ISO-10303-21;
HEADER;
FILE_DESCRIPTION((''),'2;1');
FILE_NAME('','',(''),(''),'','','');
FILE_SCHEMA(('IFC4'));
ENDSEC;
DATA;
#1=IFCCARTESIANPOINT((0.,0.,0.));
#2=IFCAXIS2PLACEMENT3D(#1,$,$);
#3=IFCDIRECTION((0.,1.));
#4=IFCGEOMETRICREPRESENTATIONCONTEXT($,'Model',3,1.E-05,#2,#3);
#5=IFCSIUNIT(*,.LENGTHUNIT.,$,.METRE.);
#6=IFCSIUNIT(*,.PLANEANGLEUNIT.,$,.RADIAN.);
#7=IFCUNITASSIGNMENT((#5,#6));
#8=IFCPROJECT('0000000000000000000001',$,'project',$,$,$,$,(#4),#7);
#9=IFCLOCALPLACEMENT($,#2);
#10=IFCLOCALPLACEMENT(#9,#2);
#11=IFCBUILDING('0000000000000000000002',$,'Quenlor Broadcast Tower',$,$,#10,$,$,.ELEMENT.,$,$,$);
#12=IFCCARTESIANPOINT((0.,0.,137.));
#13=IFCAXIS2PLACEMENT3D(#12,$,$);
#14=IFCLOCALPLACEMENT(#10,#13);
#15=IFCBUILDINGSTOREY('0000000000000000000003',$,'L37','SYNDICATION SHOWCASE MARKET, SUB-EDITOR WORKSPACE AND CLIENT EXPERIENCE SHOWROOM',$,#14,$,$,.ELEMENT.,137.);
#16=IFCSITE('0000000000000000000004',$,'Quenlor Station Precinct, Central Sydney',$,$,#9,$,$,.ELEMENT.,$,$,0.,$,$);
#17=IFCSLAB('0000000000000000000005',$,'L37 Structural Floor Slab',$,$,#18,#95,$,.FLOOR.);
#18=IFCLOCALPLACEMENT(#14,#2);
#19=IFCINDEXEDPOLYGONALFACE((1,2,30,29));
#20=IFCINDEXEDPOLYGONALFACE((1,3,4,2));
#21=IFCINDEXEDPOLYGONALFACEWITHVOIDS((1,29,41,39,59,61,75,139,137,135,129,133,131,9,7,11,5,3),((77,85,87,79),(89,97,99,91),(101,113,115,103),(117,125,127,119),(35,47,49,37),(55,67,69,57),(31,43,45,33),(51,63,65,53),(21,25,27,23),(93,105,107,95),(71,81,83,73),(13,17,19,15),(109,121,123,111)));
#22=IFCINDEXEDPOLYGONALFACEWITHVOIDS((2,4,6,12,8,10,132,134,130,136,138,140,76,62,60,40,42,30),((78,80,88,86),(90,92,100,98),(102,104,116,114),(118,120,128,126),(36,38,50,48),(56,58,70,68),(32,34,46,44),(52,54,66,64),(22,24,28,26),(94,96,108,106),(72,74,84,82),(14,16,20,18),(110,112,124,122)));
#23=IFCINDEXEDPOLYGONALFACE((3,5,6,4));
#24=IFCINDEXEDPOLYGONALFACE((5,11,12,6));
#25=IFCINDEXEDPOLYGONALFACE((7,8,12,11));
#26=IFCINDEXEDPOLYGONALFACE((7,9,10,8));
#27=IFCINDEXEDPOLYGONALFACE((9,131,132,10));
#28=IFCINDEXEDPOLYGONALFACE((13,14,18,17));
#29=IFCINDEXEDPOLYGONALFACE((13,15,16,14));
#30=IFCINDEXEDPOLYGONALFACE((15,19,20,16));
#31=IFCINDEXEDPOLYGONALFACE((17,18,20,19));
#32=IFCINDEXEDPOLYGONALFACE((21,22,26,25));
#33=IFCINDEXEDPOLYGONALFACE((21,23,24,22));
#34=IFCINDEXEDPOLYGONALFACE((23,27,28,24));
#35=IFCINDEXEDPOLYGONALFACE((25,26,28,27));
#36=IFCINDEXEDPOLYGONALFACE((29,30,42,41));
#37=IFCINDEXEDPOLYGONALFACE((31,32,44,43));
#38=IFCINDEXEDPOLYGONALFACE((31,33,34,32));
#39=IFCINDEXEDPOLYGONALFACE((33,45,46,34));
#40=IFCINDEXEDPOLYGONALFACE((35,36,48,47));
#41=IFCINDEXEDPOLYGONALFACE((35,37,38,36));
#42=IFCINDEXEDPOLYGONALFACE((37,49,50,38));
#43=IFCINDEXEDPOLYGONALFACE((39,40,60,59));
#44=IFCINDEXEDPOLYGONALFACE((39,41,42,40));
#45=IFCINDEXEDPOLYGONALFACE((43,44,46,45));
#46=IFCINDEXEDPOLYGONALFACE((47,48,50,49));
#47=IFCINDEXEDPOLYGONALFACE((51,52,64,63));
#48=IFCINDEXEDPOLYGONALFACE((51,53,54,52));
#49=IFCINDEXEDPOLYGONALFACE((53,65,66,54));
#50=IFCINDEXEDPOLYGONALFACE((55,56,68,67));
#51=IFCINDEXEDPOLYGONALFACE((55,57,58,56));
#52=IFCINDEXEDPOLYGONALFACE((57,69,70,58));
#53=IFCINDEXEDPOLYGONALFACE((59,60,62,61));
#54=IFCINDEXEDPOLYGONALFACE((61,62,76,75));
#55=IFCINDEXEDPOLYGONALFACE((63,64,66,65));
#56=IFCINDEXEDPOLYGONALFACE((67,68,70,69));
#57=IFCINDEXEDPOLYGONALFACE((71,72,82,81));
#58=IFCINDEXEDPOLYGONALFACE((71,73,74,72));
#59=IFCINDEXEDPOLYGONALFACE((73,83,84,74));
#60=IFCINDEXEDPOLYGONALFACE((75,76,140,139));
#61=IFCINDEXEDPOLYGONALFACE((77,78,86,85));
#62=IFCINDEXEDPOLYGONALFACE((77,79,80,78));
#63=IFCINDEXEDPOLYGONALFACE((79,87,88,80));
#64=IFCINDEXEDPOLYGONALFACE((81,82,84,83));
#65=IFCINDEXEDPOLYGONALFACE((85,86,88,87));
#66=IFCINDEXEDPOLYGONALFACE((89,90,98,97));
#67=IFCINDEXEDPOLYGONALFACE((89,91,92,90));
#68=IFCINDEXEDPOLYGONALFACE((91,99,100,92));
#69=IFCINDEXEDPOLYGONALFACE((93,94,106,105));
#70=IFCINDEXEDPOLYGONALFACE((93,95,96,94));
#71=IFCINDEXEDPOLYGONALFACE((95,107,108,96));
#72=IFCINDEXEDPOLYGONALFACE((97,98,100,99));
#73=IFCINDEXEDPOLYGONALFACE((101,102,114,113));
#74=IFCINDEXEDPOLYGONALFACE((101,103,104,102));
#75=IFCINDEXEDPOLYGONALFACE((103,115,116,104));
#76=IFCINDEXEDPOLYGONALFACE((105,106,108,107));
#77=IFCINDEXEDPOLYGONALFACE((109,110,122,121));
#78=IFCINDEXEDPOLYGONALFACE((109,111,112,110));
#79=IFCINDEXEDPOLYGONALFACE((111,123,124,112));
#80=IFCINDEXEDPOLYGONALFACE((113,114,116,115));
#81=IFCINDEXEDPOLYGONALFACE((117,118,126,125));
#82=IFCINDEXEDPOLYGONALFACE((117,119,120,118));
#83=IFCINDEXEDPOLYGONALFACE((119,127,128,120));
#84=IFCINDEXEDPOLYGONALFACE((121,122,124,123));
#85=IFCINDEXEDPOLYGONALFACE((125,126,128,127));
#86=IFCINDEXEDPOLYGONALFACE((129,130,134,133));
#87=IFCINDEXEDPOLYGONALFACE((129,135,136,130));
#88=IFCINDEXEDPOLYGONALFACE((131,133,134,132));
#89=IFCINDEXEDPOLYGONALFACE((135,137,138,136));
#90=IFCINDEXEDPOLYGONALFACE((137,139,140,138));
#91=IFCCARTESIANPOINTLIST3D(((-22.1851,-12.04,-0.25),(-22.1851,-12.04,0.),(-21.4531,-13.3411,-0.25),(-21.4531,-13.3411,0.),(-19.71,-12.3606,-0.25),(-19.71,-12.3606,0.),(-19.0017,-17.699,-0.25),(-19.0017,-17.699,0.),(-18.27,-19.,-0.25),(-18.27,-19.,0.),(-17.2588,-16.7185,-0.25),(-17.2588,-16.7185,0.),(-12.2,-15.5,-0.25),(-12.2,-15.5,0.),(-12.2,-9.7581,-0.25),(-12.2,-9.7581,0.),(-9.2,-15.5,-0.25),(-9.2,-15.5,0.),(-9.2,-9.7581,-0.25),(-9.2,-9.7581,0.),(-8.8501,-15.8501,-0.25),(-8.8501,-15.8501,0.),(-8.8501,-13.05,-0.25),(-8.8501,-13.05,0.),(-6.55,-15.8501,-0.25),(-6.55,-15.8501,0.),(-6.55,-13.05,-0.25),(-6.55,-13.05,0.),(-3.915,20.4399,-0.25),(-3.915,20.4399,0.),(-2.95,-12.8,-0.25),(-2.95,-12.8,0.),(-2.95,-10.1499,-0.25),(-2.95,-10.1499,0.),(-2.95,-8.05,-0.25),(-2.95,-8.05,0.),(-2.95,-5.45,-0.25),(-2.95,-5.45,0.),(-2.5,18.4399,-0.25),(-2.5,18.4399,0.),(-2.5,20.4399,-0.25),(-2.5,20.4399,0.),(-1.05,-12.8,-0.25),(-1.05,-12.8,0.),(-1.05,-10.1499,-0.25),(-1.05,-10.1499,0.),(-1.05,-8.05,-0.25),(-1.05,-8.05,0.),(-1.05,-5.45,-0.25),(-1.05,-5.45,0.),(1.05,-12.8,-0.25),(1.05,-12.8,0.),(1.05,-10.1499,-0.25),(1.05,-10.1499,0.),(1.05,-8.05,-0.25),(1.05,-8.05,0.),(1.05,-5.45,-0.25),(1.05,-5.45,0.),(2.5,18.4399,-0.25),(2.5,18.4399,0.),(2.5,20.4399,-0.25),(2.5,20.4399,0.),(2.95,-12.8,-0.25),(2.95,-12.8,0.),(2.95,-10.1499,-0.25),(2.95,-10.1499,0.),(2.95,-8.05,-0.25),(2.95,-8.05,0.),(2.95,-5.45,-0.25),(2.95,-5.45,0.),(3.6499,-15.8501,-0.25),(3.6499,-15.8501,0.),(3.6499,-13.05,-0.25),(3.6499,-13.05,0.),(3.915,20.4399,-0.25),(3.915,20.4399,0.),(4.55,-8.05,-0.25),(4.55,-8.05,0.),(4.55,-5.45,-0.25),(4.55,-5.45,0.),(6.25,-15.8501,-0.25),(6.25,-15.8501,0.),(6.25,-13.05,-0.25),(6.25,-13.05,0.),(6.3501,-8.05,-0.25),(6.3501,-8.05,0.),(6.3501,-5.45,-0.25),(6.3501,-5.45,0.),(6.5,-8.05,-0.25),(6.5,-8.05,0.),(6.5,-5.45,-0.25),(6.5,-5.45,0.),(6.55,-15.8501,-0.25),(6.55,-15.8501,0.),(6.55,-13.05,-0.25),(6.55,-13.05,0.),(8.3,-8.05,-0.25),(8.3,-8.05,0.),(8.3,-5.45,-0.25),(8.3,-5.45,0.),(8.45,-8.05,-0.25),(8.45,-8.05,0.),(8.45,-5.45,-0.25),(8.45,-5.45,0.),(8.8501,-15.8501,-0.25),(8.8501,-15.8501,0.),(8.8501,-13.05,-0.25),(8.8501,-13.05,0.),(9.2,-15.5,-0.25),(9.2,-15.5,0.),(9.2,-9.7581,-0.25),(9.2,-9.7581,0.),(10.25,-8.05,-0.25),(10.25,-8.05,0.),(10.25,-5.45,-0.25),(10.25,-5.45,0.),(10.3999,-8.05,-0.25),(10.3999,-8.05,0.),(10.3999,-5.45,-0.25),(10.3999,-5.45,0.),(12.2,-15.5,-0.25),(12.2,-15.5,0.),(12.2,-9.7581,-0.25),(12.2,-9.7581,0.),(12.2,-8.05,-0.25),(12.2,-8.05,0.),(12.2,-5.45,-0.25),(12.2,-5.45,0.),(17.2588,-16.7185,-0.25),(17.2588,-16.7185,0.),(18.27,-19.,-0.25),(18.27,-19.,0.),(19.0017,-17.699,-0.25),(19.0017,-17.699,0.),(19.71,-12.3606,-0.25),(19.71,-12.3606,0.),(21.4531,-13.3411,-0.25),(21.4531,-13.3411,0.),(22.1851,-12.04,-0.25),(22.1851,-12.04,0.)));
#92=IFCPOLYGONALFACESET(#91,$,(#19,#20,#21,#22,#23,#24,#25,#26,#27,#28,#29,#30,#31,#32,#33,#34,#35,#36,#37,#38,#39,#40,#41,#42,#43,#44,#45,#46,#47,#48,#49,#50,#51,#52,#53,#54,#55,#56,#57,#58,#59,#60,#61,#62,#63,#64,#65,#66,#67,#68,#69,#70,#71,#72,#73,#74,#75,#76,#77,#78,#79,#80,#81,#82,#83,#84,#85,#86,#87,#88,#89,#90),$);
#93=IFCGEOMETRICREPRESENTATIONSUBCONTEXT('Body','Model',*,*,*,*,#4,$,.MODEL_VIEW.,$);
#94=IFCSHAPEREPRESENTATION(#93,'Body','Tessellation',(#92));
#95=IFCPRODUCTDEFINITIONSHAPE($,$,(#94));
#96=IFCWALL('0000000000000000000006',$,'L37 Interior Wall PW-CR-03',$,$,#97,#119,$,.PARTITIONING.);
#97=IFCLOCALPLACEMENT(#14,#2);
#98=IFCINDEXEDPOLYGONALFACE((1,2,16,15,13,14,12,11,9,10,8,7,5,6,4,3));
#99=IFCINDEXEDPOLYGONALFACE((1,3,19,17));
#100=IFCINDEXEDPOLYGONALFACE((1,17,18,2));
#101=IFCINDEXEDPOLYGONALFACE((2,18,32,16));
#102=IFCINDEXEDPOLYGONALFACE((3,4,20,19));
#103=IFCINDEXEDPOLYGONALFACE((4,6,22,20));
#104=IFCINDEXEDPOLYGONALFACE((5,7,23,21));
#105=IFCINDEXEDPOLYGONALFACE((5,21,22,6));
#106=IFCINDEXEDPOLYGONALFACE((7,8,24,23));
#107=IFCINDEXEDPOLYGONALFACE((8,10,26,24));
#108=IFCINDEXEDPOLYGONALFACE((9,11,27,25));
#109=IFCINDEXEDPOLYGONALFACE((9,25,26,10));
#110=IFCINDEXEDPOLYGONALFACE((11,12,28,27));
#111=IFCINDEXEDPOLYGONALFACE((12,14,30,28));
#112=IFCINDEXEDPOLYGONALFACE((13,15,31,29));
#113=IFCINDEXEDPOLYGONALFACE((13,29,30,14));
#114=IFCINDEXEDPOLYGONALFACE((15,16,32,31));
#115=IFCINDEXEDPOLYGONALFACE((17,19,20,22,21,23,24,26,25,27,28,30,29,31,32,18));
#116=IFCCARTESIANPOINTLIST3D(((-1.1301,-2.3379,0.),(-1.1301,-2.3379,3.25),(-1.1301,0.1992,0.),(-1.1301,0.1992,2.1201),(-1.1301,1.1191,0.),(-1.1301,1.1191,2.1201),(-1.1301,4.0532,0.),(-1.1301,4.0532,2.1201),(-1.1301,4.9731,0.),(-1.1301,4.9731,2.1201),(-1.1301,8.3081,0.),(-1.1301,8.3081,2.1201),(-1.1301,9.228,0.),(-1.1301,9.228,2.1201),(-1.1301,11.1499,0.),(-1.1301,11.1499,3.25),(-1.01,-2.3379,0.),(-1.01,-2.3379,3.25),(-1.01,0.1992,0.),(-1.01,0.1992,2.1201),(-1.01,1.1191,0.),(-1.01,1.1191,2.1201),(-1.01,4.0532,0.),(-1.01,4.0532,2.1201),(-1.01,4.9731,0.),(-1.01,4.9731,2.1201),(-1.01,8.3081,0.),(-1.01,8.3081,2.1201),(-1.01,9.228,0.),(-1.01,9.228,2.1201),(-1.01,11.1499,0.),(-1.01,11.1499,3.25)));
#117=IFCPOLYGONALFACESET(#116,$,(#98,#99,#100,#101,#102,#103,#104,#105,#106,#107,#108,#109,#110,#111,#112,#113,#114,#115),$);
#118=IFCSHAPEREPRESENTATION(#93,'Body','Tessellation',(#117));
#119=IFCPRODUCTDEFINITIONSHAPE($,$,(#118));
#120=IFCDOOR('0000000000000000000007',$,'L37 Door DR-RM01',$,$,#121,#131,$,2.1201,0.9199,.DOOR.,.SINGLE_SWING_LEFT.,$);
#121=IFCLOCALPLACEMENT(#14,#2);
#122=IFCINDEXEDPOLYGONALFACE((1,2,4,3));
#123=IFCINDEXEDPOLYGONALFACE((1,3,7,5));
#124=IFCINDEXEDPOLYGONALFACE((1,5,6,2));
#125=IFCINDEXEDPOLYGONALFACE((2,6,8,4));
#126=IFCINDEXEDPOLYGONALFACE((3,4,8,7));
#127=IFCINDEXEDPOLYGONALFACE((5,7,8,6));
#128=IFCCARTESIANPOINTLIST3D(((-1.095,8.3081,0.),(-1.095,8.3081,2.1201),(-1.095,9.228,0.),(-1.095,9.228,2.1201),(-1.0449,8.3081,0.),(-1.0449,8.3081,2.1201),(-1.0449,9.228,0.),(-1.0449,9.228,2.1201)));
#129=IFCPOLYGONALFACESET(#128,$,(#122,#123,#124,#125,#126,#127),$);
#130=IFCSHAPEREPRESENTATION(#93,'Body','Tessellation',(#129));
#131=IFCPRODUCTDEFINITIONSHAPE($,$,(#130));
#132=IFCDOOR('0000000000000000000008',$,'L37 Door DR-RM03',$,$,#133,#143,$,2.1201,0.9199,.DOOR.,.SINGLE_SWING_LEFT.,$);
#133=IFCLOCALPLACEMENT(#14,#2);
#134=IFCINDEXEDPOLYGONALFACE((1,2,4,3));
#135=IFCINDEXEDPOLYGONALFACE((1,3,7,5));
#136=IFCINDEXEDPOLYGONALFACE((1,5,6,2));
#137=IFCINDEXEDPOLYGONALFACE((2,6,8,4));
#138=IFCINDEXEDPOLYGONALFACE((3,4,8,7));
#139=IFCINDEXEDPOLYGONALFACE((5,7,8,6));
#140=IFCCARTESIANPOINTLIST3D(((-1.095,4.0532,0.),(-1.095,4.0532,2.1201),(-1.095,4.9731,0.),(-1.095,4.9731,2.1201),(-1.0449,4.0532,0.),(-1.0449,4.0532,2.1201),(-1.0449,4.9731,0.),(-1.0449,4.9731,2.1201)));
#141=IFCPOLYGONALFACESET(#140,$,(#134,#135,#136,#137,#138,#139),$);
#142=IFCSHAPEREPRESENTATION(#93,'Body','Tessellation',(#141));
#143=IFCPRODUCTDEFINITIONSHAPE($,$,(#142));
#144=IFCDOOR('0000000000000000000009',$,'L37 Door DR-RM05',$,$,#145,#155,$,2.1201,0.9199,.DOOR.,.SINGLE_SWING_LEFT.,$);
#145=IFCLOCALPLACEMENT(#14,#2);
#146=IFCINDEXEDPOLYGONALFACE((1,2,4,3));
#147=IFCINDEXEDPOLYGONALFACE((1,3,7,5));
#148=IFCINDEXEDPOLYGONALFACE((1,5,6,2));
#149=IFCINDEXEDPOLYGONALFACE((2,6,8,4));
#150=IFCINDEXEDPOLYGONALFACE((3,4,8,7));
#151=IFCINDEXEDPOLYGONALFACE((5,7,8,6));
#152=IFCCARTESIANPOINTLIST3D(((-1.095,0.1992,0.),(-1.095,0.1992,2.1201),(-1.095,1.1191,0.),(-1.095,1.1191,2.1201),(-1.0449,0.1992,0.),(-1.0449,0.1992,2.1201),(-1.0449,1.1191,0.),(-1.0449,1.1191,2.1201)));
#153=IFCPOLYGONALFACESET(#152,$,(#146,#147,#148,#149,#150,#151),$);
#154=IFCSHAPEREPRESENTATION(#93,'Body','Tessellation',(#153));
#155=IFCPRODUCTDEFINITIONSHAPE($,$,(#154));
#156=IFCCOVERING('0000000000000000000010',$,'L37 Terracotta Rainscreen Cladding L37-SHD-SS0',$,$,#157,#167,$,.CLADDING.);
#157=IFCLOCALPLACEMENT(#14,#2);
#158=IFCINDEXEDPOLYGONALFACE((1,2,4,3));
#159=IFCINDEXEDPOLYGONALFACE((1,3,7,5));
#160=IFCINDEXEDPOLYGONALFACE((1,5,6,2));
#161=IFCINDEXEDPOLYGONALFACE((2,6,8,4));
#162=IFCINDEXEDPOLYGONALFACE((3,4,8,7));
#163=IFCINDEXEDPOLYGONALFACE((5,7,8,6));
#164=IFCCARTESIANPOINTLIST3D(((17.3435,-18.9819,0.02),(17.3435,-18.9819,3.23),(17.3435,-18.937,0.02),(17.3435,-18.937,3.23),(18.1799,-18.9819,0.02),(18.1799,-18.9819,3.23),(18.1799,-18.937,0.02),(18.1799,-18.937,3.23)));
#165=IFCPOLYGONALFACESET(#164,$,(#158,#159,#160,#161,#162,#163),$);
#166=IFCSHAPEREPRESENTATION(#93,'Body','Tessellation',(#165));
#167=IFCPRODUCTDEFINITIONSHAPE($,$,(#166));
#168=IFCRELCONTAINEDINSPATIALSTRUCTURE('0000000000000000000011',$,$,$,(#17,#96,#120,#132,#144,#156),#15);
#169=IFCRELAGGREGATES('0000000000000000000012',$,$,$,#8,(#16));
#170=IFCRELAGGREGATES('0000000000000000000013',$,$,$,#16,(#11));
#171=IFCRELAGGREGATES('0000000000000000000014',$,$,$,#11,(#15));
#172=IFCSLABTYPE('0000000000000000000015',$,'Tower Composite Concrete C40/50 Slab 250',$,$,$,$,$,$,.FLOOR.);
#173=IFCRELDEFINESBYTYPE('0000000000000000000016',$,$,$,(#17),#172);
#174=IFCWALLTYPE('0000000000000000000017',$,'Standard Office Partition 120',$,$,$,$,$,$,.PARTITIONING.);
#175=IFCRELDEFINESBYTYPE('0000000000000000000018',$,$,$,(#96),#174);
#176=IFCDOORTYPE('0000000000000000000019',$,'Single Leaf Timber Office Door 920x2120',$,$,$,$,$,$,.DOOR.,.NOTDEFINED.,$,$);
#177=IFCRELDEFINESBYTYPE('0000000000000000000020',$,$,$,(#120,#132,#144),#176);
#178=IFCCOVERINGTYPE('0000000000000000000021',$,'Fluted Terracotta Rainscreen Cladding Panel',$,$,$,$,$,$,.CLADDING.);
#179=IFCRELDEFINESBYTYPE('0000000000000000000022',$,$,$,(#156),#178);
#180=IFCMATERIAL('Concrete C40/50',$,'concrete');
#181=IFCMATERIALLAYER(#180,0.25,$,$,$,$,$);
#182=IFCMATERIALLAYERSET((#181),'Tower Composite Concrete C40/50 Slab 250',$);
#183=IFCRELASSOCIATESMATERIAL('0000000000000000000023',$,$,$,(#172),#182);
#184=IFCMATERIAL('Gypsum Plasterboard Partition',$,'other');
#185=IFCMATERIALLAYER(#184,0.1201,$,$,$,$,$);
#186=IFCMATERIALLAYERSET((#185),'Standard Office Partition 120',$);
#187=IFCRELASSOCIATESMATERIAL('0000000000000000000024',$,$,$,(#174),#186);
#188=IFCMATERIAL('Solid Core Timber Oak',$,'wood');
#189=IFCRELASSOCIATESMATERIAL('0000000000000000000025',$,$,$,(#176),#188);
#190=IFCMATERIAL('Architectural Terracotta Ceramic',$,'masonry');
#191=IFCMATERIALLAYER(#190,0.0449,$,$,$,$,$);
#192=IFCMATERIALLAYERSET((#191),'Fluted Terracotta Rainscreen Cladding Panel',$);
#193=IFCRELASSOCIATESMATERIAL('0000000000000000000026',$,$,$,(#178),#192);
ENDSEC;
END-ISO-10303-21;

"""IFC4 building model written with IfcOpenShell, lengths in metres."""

from ifc_helpers import new_model, si_unit, direction, frame, frame_2d, origin, place, context, subcontext, project, spatial, polyline, rectangle, outline, extrude, material, layer, layer_set, type_object, element, fill, save


model = new_model("IFC4")

# Units and contexts
model_context = context("Model", 3, precision=1e-05, world=origin(), true_north=direction((0.0, 1.0)))
body_context = subcontext(model_context, "Body", "Model", "MODEL_VIEW")
ifc_project = project(units=[si_unit("LENGTHUNIT", "METRE"), si_unit("PLANEANGLEUNIT", "RADIAN")], contexts=[model_context])

# Site, building, storey
site_placement = place(None, origin())
site = spatial("IfcSite", under=ifc_project, at=site_placement, Name="Quenlor Station Precinct, Central Sydney", CompositionType="ELEMENT", RefElevation=0.0)
building_placement = place(site_placement, origin())
building = spatial("IfcBuilding", under=site, at=building_placement, Name="Quenlor Broadcast Tower", CompositionType="ELEMENT")
storey_placement = place(building_placement, frame((0.0, 0.0, 137.0)))
storey = spatial("IfcBuildingStorey", under=building, at=storey_placement, Name="L37", Description="SYNDICATION SHOWCASE MARKET, SUB-EDITOR WORKSPACE AND CLIENT EXPERIENCE SHOWROOM", CompositionType="ELEMENT", Elevation=137.0)

# Slab
ifc_material_1 = material(Name="Concrete C40/50", Category="concrete")
ifc_layer_1 = layer(ifc_material_1, 0.25)
ifc_layer_set_1 = layer_set([ifc_layer_1], Name="Tower Composite Concrete C40/50 Slab 250")
slab_type = type_object("IfcSlabType", Name="Tower Composite Concrete C40/50 Slab 250", PredefinedType="FLOOR", material=ifc_layer_set_1)
slab_placement = place(storey_placement, frame((0.0, 0.0, -0.25)))
element("IfcSlab", 1, at=slab_placement, inside=storey, type_object=slab_type, Name="L37 Structural Floor Slab", PredefinedType="FLOOR", context=body_context, shape_type="SweptSolid", body=[
    extrude(outline(polyline([(18.27, -19.0), (19.0017, -17.699), (17.2588, -16.7185), (19.71, -12.3606), (21.4531, -13.3411), (22.1851, -12.04), (3.915, 20.4399), (2.5, 20.4399), (2.5, 18.4399), (-2.5, 18.4399), (-2.5, 20.4399), (-3.915, 20.4399), (-22.1851, -12.04), (-21.4531, -13.3411), (-19.71, -12.3606), (-17.2588, -16.7185), (-19.0017, -17.699), (-18.27, -19.0), (18.27, -19.0)]), holes=[polyline([(-12.2, -9.7581), (-12.2, -15.5), (-9.2, -15.5), (-9.2, -9.7581), (-12.2, -9.7581)]), polyline([(9.2, -9.7581), (9.2, -15.5), (12.2, -15.5), (12.2, -9.7581), (9.2, -9.7581)]), polyline([(-2.95, -8.05), (-1.05, -8.05), (-1.05, -5.45), (-2.95, -5.45), (-2.95, -8.05)]), polyline([(1.05, -8.05), (2.95, -8.05), (2.95, -5.45), (1.05, -5.45), (1.05, -8.05)]), polyline([(-2.95, -12.8), (-1.05, -12.8), (-1.05, -10.1499), (-2.95, -10.1499), (-2.95, -12.8)]), polyline([(1.05, -12.8), (2.95, -12.8), (2.95, -10.1499), (1.05, -10.1499), (1.05, -12.8)]), polyline([(4.55, -8.05), (6.3501, -8.05), (6.3501, -5.45), (4.55, -5.45), (4.55, -8.05)]), polyline([(6.5, -8.05), (8.3, -8.05), (8.3, -5.45), (6.5, -5.45), (6.5, -8.05)]), polyline([(8.45, -8.05), (10.25, -8.05), (10.25, -5.45), (8.45, -5.45), (8.45, -8.05)]), polyline([(10.3999, -8.05), (12.2, -8.05), (12.2, -5.45), (10.3999, -5.45), (10.3999, -8.05)]), polyline([(-8.8501, -15.8501), (-6.55, -15.8501), (-6.55, -13.05), (-8.8501, -13.05), (-8.8501, -15.8501)]), polyline([(6.55, -15.8501), (8.8501, -15.8501), (8.8501, -13.05), (6.55, -13.05), (6.55, -15.8501)]), polyline([(3.6499, -15.8501), (6.25, -15.8501), (6.25, -13.05), (3.6499, -13.05), (3.6499, -15.8501)])]), origin(), (0.0, 0.0, 1.0), 0.25),
])

# Wall, openings, doors
ifc_material_2 = material(Name="Gypsum Plasterboard Partition", Category="other")
ifc_layer_2 = layer(ifc_material_2, 0.1201)
ifc_layer_set_2 = layer_set([ifc_layer_2], Name="Standard Office Partition 120")
wall_type = type_object("IfcWallType", Name="Standard Office Partition 120", PredefinedType="PARTITIONING", material=ifc_layer_set_2)
wall_placement = place(storey_placement, frame((-1.0701, -2.3379, 0.0), z_axis=(0.0, 0.0, 1.0), x_axis=(0.0, 1.0, 0.0)))
wall = element("IfcWall", 2, at=wall_placement, inside=storey, type_object=wall_type, Name="L37 Interior Wall PW-CR-03", PredefinedType="PARTITIONING", context=body_context, shape_type="SweptSolid", body=[
    extrude(rectangle(XDim=13.4878, YDim=0.1201, at=frame_2d((6.7439, 0.0))), origin(), (0.0, 0.0, 1.0), 3.25),
])
opening_1_placement = place(wall_placement, frame((10.646, 0.0, 0.0)))
opening_1 = element("IfcOpeningElement", 3, at=opening_1_placement, cuts=wall, PredefinedType="OPENING", context=body_context, shape_type="SweptSolid", body=[
    extrude(rectangle(XDim=0.9199, YDim=2.1201, at=frame_2d((0.46, 1.0601))), frame((0.0, 0.0701, 0.0), z_axis=(0.0, -1.0, 0.0), x_axis=(1.0, 0.0, 0.0)), (0.0, 0.0, 1.0), 0.1401),
])
opening_2_placement = place(wall_placement, frame((6.3911, 0.0, 0.0)))
opening_2 = element("IfcOpeningElement", 4, at=opening_2_placement, cuts=wall, PredefinedType="OPENING", context=body_context, shape_type="SweptSolid", body=[
    extrude(rectangle(XDim=0.9199, YDim=2.1201, at=frame_2d((0.46, 1.0601))), frame((0.0, 0.0701, 0.0), z_axis=(0.0, -1.0, 0.0), x_axis=(1.0, 0.0, 0.0)), (0.0, 0.0, 1.0), 0.1401),
])
opening_3_placement = place(wall_placement, frame((2.5371, 0.0, 0.0)))
opening_3 = element("IfcOpeningElement", 5, at=opening_3_placement, cuts=wall, PredefinedType="OPENING", context=body_context, shape_type="SweptSolid", body=[
    extrude(rectangle(XDim=0.9199, YDim=2.1201, at=frame_2d((0.46, 1.0601))), frame((0.0, 0.0701, 0.0), z_axis=(0.0, -1.0, 0.0), x_axis=(1.0, 0.0, 0.0)), (0.0, 0.0, 1.0), 0.1401),
])
ifc_material_3 = material(Name="Solid Core Timber Oak", Category="wood")
door_type = type_object("IfcDoorType", Name="Single Leaf Timber Office Door 920x2120", OperationType="NOTDEFINED", PredefinedType="DOOR", material=ifc_material_3)
door_1_placement = place(opening_1_placement, origin())
door_1 = element("IfcDoor", 6, at=door_1_placement, inside=storey, type_object=door_type, Name="L37 Door DR-RM01", OperationType="SINGLE_SWING_LEFT", OverallHeight=2.1201, OverallWidth=0.9199, PredefinedType="DOOR", context=body_context, shape_type="SweptSolid", body=[
    extrude(rectangle(XDim=0.9199, YDim=2.1201, at=frame_2d((0.46, 1.0601))), frame((0.0, 0.0249, 0.0), z_axis=(0.0, -1.0, 0.0), x_axis=(1.0, 0.0, 0.0)), (0.0, 0.0, 1.0), 0.05),
])
fill(opening_1, door_1)
door_2_placement = place(opening_2_placement, origin())
door_2 = element("IfcDoor", 7, at=door_2_placement, inside=storey, type_object=door_type, Name="L37 Door DR-RM03", OperationType="SINGLE_SWING_LEFT", OverallHeight=2.1201, OverallWidth=0.9199, PredefinedType="DOOR", context=body_context, shape_type="SweptSolid", body=[
    extrude(rectangle(XDim=0.9199, YDim=2.1201, at=frame_2d((0.46, 1.0601))), frame((0.0, 0.0249, 0.0), z_axis=(0.0, -1.0, 0.0), x_axis=(1.0, 0.0, 0.0)), (0.0, 0.0, 1.0), 0.05),
])
fill(opening_2, door_2)
door_3_placement = place(opening_3_placement, origin())
door_3 = element("IfcDoor", 8, at=door_3_placement, inside=storey, type_object=door_type, Name="L37 Door DR-RM05", OperationType="SINGLE_SWING_LEFT", OverallHeight=2.1201, OverallWidth=0.9199, PredefinedType="DOOR", context=body_context, shape_type="SweptSolid", body=[
    extrude(rectangle(XDim=0.9199, YDim=2.1201, at=frame_2d((0.46, 1.0601))), frame((0.0, 0.0249, 0.0), z_axis=(0.0, -1.0, 0.0), x_axis=(1.0, 0.0, 0.0)), (0.0, 0.0, 1.0), 0.05),
])
fill(opening_3, door_3)

# Covering
ifc_material_4 = material(Name="Architectural Terracotta Ceramic", Category="masonry")
ifc_layer_3 = layer(ifc_material_4, 0.0449)
ifc_layer_set_3 = layer_set([ifc_layer_3], Name="Fluted Terracotta Rainscreen Cladding Panel")
covering_type = type_object("IfcCoveringType", Name="Fluted Terracotta Rainscreen Cladding Panel", PredefinedType="CLADDING", material=ifc_layer_set_3)
covering_1_placement = place(storey_placement, frame((0.0, 0.0, 0.02)))
element("IfcCovering", 9, at=covering_1_placement, inside=storey, type_object=covering_type, Name="L37 Terracotta Rainscreen Cladding L37-SHD-SS0", PredefinedType="CLADDING", context=body_context, shape_type="SweptSolid", body=[
    extrude(outline(polyline([(18.1799, -18.937), (17.3435, -18.937), (17.3435, -18.9819), (18.1799, -18.9819), (18.1799, -18.937)])), origin(), (0.0, 0.0, 1.0), 3.21),
])

save(model, "model.ifc")
